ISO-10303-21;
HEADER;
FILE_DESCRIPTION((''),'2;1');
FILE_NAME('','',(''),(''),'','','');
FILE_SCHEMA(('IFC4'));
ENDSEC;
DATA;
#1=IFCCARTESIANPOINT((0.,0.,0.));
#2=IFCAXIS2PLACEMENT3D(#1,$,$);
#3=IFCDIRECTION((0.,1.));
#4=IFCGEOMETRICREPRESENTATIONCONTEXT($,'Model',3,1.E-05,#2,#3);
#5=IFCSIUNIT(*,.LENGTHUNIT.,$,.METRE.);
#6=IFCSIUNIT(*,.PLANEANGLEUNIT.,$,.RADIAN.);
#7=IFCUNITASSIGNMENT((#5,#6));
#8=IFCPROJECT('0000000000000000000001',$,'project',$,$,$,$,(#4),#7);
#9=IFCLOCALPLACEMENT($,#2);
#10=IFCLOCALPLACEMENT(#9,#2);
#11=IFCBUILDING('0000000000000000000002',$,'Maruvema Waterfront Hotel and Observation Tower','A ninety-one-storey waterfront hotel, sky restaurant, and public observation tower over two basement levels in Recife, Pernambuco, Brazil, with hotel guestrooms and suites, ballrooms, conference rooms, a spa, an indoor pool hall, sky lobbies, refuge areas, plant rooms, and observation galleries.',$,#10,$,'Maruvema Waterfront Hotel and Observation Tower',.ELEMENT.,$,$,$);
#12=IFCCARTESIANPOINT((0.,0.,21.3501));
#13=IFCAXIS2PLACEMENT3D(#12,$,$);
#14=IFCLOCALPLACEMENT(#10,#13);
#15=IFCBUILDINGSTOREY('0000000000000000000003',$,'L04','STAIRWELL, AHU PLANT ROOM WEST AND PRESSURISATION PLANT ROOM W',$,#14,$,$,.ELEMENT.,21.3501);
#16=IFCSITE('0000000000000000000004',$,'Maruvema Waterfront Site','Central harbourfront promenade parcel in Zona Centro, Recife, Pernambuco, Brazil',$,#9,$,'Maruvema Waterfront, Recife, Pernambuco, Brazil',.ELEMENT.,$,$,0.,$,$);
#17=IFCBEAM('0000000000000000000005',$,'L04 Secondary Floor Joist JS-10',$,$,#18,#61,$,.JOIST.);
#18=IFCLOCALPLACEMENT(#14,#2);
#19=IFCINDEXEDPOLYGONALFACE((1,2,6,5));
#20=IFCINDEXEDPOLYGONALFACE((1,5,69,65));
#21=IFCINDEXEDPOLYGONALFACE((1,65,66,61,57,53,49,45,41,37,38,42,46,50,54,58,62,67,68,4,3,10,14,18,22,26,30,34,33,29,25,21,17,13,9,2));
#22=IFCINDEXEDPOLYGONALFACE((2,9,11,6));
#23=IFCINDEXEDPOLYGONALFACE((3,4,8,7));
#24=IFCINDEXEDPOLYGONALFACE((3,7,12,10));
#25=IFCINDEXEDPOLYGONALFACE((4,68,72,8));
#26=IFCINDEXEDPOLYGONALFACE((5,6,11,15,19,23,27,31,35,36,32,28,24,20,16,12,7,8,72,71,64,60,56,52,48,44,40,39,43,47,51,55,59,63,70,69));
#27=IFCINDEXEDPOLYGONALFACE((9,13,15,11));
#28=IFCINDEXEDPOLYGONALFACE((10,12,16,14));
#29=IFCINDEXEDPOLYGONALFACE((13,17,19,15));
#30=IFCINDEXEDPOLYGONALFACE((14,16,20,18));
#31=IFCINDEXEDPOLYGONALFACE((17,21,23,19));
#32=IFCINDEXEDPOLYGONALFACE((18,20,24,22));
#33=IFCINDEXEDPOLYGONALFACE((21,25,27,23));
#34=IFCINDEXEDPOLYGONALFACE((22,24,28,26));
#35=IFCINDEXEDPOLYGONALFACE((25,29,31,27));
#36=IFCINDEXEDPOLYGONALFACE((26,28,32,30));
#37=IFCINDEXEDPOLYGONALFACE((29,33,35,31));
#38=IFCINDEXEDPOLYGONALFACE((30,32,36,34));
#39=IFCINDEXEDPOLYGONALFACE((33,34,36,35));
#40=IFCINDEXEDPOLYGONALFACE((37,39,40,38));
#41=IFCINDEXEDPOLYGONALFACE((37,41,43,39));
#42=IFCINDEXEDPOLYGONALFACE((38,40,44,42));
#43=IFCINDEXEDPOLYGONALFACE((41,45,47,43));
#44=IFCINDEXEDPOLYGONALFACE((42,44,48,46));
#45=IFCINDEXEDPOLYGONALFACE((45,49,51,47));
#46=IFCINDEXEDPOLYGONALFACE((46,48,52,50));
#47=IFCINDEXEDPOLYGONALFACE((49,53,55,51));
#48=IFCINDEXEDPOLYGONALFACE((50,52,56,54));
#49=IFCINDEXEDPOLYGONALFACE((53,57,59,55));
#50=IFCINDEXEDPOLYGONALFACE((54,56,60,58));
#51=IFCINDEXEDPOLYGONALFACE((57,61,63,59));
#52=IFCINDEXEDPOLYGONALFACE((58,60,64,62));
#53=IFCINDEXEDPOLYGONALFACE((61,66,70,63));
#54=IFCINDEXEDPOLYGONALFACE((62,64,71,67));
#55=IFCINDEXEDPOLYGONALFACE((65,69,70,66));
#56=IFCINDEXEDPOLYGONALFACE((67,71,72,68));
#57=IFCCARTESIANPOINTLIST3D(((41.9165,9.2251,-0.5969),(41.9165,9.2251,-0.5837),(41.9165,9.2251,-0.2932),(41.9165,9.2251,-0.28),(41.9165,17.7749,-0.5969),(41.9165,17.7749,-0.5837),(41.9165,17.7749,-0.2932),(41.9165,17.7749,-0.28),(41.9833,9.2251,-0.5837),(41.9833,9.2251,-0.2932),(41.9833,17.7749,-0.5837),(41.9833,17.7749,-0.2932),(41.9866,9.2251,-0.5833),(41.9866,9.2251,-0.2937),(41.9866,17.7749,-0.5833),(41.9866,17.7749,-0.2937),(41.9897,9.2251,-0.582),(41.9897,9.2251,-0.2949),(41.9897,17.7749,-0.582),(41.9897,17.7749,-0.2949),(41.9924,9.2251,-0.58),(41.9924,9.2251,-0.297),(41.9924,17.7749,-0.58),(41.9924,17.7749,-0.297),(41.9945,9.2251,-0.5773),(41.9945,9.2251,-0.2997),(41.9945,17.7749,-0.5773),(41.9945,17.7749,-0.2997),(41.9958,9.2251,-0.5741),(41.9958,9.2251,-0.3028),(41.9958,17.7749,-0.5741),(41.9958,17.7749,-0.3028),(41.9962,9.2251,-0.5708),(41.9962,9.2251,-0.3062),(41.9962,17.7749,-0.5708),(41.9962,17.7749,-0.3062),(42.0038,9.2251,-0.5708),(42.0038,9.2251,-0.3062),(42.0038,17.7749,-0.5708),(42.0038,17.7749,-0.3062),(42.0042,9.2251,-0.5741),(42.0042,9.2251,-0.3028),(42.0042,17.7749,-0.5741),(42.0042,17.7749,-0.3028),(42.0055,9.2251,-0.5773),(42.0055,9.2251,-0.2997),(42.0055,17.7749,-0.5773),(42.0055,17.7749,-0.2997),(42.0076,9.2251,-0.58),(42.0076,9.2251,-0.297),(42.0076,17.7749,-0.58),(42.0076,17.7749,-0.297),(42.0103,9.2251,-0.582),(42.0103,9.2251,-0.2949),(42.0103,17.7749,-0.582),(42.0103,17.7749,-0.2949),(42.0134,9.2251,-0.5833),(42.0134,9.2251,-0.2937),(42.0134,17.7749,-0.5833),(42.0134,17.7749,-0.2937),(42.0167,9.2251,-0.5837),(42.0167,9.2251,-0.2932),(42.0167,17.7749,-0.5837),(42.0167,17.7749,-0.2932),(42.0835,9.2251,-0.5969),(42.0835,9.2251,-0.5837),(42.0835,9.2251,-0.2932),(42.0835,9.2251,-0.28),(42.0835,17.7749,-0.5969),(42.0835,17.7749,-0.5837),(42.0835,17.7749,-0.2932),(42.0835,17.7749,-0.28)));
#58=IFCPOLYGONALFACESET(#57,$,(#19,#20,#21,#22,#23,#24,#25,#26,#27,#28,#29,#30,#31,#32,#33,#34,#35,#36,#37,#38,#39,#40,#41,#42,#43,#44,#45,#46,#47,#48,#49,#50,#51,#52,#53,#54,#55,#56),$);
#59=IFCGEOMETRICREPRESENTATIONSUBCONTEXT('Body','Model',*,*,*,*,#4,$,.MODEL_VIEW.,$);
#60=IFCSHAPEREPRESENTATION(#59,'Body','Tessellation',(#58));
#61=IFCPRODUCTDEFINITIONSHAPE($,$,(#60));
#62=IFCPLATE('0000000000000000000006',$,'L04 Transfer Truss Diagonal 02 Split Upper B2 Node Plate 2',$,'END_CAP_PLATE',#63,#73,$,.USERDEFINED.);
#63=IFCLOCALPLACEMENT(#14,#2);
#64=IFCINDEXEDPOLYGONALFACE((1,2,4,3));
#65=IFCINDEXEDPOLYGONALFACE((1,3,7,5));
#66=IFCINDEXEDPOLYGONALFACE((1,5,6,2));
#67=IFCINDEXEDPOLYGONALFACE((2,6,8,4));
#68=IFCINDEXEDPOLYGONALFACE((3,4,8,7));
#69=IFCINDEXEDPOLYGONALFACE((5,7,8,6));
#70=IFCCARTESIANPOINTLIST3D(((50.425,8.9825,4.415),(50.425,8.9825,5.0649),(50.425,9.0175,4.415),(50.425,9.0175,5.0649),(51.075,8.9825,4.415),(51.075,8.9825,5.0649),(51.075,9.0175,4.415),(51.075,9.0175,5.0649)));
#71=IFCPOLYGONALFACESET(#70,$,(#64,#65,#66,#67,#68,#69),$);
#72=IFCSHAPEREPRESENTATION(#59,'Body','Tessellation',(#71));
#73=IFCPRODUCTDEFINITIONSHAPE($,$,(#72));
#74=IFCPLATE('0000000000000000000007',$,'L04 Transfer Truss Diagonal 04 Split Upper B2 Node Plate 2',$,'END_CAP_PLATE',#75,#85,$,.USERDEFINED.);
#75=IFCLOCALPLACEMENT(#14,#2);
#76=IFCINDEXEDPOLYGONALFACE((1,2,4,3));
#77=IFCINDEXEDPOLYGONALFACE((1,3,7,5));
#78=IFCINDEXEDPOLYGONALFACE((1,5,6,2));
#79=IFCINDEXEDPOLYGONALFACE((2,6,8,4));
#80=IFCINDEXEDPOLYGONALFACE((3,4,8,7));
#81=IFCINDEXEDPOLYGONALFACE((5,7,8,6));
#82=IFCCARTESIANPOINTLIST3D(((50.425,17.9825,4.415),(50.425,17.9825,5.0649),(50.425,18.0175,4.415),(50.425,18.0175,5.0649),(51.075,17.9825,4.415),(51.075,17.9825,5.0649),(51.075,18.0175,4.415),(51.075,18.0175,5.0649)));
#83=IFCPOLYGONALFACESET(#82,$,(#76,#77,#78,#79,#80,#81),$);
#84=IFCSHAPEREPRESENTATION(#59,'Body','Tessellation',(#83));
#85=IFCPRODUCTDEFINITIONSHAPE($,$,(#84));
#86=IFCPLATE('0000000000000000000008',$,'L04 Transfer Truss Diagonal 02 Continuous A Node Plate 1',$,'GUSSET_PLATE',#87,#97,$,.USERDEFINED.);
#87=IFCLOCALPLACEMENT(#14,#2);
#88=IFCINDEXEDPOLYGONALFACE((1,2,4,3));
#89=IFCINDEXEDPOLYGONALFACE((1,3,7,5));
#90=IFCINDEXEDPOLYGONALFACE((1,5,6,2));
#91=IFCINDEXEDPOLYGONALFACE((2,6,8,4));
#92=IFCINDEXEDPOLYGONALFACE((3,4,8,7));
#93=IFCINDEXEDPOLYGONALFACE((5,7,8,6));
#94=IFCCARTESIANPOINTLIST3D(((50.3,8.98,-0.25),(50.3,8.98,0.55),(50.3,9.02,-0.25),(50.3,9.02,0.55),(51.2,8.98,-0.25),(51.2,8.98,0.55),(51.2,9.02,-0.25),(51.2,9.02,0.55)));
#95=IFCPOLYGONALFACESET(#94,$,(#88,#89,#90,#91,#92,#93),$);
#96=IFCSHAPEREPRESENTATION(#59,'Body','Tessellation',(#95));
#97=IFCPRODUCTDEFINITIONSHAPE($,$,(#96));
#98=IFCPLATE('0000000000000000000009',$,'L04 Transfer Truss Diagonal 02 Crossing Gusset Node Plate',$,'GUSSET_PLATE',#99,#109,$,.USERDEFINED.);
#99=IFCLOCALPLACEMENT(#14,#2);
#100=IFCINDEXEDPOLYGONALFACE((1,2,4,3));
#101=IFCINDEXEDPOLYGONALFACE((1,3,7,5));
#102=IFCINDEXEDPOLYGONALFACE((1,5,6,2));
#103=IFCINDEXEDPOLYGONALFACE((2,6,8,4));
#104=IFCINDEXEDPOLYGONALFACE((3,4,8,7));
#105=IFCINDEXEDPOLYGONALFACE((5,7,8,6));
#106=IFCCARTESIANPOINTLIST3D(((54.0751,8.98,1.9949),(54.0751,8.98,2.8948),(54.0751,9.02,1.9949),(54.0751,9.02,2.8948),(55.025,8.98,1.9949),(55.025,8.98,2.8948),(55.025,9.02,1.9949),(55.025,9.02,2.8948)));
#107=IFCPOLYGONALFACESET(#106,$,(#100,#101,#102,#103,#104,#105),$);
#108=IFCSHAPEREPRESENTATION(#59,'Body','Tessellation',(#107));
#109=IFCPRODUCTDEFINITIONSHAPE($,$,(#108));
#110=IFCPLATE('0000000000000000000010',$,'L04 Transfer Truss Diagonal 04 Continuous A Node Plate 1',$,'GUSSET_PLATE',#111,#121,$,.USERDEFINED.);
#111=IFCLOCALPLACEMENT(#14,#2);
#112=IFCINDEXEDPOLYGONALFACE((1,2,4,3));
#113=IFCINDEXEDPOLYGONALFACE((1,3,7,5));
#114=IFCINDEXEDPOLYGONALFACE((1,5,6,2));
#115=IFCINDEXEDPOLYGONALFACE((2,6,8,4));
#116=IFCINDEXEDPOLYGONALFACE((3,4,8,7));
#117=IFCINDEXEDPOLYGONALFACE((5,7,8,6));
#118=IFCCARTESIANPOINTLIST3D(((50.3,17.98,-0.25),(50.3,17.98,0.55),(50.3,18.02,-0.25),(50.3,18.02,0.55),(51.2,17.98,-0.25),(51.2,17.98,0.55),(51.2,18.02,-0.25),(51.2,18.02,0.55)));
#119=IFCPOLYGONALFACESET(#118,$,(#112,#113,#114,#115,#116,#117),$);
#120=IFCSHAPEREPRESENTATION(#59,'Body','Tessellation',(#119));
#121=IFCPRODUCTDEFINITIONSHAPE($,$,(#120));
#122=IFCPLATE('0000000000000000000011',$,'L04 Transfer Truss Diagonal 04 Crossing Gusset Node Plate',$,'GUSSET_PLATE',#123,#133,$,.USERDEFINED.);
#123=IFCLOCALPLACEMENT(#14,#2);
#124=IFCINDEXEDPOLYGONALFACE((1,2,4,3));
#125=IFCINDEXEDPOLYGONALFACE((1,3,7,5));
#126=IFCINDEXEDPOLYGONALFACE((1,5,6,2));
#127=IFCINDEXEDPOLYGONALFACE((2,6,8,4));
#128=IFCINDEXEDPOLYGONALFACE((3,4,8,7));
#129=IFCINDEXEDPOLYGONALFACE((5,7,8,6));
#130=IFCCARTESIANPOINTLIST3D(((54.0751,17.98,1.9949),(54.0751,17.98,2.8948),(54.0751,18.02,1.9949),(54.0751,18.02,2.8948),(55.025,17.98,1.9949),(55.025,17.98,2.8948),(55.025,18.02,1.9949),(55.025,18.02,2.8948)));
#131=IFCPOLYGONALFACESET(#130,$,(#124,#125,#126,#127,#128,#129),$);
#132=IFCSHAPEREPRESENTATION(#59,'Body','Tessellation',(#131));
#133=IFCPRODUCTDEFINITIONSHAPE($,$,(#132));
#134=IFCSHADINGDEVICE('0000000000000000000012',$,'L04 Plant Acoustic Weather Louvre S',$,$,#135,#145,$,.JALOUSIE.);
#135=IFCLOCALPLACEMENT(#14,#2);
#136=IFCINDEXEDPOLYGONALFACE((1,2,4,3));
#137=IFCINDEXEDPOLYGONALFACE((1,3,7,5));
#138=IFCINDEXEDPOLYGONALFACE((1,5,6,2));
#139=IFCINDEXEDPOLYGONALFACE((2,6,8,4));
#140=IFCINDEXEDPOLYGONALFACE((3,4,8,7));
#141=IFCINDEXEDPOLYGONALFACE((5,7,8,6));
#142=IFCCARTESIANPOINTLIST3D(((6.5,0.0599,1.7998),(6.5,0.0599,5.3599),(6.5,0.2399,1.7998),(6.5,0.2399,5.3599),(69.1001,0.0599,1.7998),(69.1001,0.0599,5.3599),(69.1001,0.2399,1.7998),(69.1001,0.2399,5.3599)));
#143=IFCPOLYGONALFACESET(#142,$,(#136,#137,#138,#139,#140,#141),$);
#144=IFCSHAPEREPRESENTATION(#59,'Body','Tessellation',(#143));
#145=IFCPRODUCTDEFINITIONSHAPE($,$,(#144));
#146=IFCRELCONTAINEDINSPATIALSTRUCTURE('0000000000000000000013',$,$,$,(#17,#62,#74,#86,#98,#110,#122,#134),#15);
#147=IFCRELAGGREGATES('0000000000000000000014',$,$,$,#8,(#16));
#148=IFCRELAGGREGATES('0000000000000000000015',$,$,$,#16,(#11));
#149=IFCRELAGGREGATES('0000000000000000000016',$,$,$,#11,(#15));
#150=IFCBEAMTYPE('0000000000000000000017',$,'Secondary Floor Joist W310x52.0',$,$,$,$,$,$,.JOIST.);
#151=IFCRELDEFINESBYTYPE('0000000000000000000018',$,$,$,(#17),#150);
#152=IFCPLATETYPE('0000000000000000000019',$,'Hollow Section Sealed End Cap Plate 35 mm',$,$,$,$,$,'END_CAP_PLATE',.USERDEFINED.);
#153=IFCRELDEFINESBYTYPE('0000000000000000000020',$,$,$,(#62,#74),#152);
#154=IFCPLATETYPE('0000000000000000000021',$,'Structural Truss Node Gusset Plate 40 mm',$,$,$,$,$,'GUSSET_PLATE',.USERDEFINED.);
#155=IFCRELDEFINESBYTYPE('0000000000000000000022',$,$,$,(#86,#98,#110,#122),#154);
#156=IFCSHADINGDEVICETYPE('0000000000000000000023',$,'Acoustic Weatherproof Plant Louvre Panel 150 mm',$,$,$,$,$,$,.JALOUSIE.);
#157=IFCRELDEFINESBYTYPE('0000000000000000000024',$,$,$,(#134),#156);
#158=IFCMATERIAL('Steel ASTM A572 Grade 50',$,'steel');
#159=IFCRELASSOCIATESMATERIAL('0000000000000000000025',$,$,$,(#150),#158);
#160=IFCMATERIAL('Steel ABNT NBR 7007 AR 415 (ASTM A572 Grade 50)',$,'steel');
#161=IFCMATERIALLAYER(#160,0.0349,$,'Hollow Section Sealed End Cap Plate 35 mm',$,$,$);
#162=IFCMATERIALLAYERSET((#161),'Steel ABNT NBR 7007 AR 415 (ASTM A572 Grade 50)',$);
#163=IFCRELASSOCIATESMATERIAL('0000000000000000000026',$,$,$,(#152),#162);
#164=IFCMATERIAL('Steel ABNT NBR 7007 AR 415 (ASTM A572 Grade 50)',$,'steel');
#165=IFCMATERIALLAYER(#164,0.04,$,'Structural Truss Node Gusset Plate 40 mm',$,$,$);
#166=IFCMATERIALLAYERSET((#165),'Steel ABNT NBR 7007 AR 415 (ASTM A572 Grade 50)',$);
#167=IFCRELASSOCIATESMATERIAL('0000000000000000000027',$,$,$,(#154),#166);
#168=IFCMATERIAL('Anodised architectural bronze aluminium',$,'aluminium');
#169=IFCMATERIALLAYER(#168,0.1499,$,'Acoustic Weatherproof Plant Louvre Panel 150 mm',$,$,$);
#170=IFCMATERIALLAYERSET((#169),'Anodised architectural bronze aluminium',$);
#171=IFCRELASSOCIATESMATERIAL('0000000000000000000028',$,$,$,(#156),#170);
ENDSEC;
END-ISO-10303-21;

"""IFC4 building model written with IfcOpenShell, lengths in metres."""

from ifc_helpers import new_model, si_unit, direction, frame, origin, origin_2d, place, context, subcontext, project, spatial, rectangle, i_section, extrude, material, layer, layer_set, material_profile, profile_set, type_object, element, save


model = new_model("IFC4")

# Units and contexts
model_context = context("Model", 3, precision=1e-05, world=origin(), true_north=direction((0.0, 1.0)))
body_context = subcontext(model_context, "Body", "Model", "MODEL_VIEW")
ifc_project = project(units=[si_unit("LENGTHUNIT", "METRE"), si_unit("PLANEANGLEUNIT", "RADIAN")], contexts=[model_context])

# Site, building, storey
site_placement = place(None, origin())
site = spatial("IfcSite", under=ifc_project, at=site_placement, Name="Maruvema Waterfront Site", Description="Central harbourfront promenade parcel in Zona Centro, Recife, Pernambuco, Brazil", LongName="Maruvema Waterfront, Recife, Pernambuco, Brazil", CompositionType="ELEMENT", RefElevation=0.0)
building_placement = place(site_placement, origin())
building = spatial("IfcBuilding", under=site, at=building_placement, Name="Maruvema Waterfront Hotel and Observation Tower", Description="A ninety-one-storey waterfront hotel, sky restaurant, and public observation tower over two basement levels in Recife, Pernambuco, Brazil, with hotel guestrooms and suites, ballrooms, conference rooms, a spa, an indoor pool hall, sky lobbies, refuge areas, plant rooms, and observation galleries.", LongName="Maruvema Waterfront Hotel and Observation Tower", CompositionType="ELEMENT")
storey_placement = place(building_placement, frame((0.0, 0.0, 21.3501)))
storey = spatial("IfcBuildingStorey", under=building, at=storey_placement, Name="L04", Description="STAIRWELL, AHU PLANT ROOM WEST AND PRESSURISATION PLANT ROOM W", CompositionType="ELEMENT", Elevation=21.3501)

# Beam
ifc_material_1 = material(Name="Steel ASTM A572 Grade 50", Category="steel")
ifc_material_profile_1 = material_profile(ifc_material_1, i_section(OverallWidth=0.167, OverallDepth=0.3169, WebThickness=0.0076, FlangeThickness=0.0132, FilletRadius=0.0129, at=origin_2d()), Name="W310x52.0")
ifc_profile_set_1 = profile_set([ifc_material_profile_1], Name="Steel ASTM A572 Grade 50")
beam_type_1 = type_object("IfcBeamType", Name="Secondary Floor Joist W310x52.0", PredefinedType="JOIST", material=ifc_profile_set_1)
beam_1_placement = place(storey_placement, frame((42.0, 9.2251, -0.4385), z_axis=(0.0, 1.0, 0.0), x_axis=(-1.0, 0.0, 0.0)))
element("IfcBeam", 1, at=beam_1_placement, inside=storey, type_object=beam_type_1, Name="L04 Secondary Floor Joist JS-10", PredefinedType="JOIST", context=body_context, shape_type="SweptSolid", body=[
    extrude(i_section(OverallWidth=0.167, OverallDepth=0.3169, WebThickness=0.0076, FlangeThickness=0.0132, FilletRadius=0.0129, at=origin_2d()), origin(), (0.0, 0.0, 1.0), 8.5498),
])

# Plates
ifc_material_2 = material(Name="Steel ABNT NBR 7007 AR 415 (ASTM A572 Grade 50)", Category="steel")
ifc_layer_1 = layer(ifc_material_2, 0.0349, Name="Hollow Section Sealed End Cap Plate 35 mm")
ifc_layer_set_1 = layer_set([ifc_layer_1], Name="Steel ABNT NBR 7007 AR 415 (ASTM A572 Grade 50)")
plate_type_1 = type_object("IfcPlateType", Name="Hollow Section Sealed End Cap Plate 35 mm", ElementType="END_CAP_PLATE", PredefinedType="USERDEFINED", material=ifc_layer_set_1)
for number, where, z_axis, x_axis, name in (
    (2, (50.75, 9.0, 4.415), (0.0, 0.0, 1.0), (-1.0, 0.0, 0.0), "L04 Transfer Truss Diagonal 02 Split Upper B2 Node Plate 2"),
    (3, (50.75, 18.0, 4.415), (0.0, 0.0, 1.0), (-1.0, 0.0, 0.0), "L04 Transfer Truss Diagonal 04 Split Upper B2 Node Plate 2"),
):
    element("IfcPlate", number, at=place(storey_placement, frame(where, z_axis=z_axis, x_axis=x_axis)), inside=storey, type_object=plate_type_1, Name=name, ObjectType="END_CAP_PLATE", PredefinedType="USERDEFINED", context=body_context, shape_type="SweptSolid", body=[
        extrude(rectangle(XDim=0.6499, YDim=0.0349, at=origin_2d()), origin(), (0.0, 0.0, 1.0), 0.6499),
    ])
ifc_material_3 = material(Name="Steel ABNT NBR 7007 AR 415 (ASTM A572 Grade 50)", Category="steel")
ifc_layer_2 = layer(ifc_material_3, 0.04, Name="Structural Truss Node Gusset Plate 40 mm")
ifc_layer_set_2 = layer_set([ifc_layer_2], Name="Steel ABNT NBR 7007 AR 415 (ASTM A572 Grade 50)")
plate_type_2 = type_object("IfcPlateType", Name="Structural Truss Node Gusset Plate 40 mm", ElementType="GUSSET_PLATE", PredefinedType="USERDEFINED", material=ifc_layer_set_2)
plate_1_placement = place(storey_placement, frame((50.75, 9.0, -0.25), z_axis=(0.0, 0.0, 1.0), x_axis=(1.0, 0.0, 0.0)))
element("IfcPlate", 4, at=plate_1_placement, inside=storey, type_object=plate_type_2, Name="L04 Transfer Truss Diagonal 02 Continuous A Node Plate 1", ObjectType="GUSSET_PLATE", PredefinedType="USERDEFINED", context=body_context, shape_type="SweptSolid", body=[
    extrude(rectangle(XDim=0.8999, YDim=0.04, at=origin_2d()), origin(), (0.0, 0.0, 1.0), 0.8),
])
plate_2_placement = place(storey_placement, frame((54.55, 9.0, 1.9949), z_axis=(0.0, 0.0, 1.0), x_axis=(-1.0, 0.0, 0.0)))
element("IfcPlate", 5, at=plate_2_placement, inside=storey, type_object=plate_type_2, Name="L04 Transfer Truss Diagonal 02 Crossing Gusset Node Plate", ObjectType="GUSSET_PLATE", PredefinedType="USERDEFINED", context=body_context, shape_type="SweptSolid", body=[
    extrude(rectangle(XDim=0.95, YDim=0.04, at=origin_2d()), origin(), (0.0, 0.0, 1.0), 0.8999),
])
plate_3_placement = place(storey_placement, frame((50.75, 18.0, -0.25), z_axis=(0.0, 0.0, 1.0), x_axis=(1.0, 0.0, 0.0)))
element("IfcPlate", 6, at=plate_3_placement, inside=storey, type_object=plate_type_2, Name="L04 Transfer Truss Diagonal 04 Continuous A Node Plate 1", ObjectType="GUSSET_PLATE", PredefinedType="USERDEFINED", context=body_context, shape_type="SweptSolid", body=[
    extrude(rectangle(XDim=0.8999, YDim=0.04, at=origin_2d()), origin(), (0.0, 0.0, 1.0), 0.8),
])
plate_4_placement = place(storey_placement, frame((54.55, 18.0, 1.9949), z_axis=(0.0, 0.0, 1.0), x_axis=(-1.0, 0.0, 0.0)))
element("IfcPlate", 7, at=plate_4_placement, inside=storey, type_object=plate_type_2, Name="L04 Transfer Truss Diagonal 04 Crossing Gusset Node Plate", ObjectType="GUSSET_PLATE", PredefinedType="USERDEFINED", context=body_context, shape_type="SweptSolid", body=[
    extrude(rectangle(XDim=0.95, YDim=0.04, at=origin_2d()), origin(), (0.0, 0.0, 1.0), 0.8999),
])

# Shading device
ifc_material_4 = material(Name="Anodised architectural bronze aluminium", Category="aluminium")
ifc_layer_3 = layer(ifc_material_4, 0.1499, Name="Acoustic Weatherproof Plant Louvre Panel 150 mm")
ifc_layer_set_3 = layer_set([ifc_layer_3], Name="Anodised architectural bronze aluminium")
shading_device_type = type_object("IfcShadingDeviceType", Name="Acoustic Weatherproof Plant Louvre Panel 150 mm", PredefinedType="JALOUSIE", material=ifc_layer_set_3)
shading_device_placement = place(storey_placement, frame((37.8, 0.1499, 1.7998), z_axis=(0.0, 0.0, 1.0), x_axis=(1.0, 0.0, 0.0)))
element("IfcShadingDevice", 8, at=shading_device_placement, inside=storey, type_object=shading_device_type, Name="L04 Plant Acoustic Weather Louvre S", PredefinedType="JALOUSIE", context=body_context, shape_type="SweptSolid", body=[
    extrude(rectangle(XDim=62.6001, YDim=0.1799, at=origin_2d()), origin(), (0.0, 0.0, 1.0), 3.5601),
])

save(model, "model.ifc")
